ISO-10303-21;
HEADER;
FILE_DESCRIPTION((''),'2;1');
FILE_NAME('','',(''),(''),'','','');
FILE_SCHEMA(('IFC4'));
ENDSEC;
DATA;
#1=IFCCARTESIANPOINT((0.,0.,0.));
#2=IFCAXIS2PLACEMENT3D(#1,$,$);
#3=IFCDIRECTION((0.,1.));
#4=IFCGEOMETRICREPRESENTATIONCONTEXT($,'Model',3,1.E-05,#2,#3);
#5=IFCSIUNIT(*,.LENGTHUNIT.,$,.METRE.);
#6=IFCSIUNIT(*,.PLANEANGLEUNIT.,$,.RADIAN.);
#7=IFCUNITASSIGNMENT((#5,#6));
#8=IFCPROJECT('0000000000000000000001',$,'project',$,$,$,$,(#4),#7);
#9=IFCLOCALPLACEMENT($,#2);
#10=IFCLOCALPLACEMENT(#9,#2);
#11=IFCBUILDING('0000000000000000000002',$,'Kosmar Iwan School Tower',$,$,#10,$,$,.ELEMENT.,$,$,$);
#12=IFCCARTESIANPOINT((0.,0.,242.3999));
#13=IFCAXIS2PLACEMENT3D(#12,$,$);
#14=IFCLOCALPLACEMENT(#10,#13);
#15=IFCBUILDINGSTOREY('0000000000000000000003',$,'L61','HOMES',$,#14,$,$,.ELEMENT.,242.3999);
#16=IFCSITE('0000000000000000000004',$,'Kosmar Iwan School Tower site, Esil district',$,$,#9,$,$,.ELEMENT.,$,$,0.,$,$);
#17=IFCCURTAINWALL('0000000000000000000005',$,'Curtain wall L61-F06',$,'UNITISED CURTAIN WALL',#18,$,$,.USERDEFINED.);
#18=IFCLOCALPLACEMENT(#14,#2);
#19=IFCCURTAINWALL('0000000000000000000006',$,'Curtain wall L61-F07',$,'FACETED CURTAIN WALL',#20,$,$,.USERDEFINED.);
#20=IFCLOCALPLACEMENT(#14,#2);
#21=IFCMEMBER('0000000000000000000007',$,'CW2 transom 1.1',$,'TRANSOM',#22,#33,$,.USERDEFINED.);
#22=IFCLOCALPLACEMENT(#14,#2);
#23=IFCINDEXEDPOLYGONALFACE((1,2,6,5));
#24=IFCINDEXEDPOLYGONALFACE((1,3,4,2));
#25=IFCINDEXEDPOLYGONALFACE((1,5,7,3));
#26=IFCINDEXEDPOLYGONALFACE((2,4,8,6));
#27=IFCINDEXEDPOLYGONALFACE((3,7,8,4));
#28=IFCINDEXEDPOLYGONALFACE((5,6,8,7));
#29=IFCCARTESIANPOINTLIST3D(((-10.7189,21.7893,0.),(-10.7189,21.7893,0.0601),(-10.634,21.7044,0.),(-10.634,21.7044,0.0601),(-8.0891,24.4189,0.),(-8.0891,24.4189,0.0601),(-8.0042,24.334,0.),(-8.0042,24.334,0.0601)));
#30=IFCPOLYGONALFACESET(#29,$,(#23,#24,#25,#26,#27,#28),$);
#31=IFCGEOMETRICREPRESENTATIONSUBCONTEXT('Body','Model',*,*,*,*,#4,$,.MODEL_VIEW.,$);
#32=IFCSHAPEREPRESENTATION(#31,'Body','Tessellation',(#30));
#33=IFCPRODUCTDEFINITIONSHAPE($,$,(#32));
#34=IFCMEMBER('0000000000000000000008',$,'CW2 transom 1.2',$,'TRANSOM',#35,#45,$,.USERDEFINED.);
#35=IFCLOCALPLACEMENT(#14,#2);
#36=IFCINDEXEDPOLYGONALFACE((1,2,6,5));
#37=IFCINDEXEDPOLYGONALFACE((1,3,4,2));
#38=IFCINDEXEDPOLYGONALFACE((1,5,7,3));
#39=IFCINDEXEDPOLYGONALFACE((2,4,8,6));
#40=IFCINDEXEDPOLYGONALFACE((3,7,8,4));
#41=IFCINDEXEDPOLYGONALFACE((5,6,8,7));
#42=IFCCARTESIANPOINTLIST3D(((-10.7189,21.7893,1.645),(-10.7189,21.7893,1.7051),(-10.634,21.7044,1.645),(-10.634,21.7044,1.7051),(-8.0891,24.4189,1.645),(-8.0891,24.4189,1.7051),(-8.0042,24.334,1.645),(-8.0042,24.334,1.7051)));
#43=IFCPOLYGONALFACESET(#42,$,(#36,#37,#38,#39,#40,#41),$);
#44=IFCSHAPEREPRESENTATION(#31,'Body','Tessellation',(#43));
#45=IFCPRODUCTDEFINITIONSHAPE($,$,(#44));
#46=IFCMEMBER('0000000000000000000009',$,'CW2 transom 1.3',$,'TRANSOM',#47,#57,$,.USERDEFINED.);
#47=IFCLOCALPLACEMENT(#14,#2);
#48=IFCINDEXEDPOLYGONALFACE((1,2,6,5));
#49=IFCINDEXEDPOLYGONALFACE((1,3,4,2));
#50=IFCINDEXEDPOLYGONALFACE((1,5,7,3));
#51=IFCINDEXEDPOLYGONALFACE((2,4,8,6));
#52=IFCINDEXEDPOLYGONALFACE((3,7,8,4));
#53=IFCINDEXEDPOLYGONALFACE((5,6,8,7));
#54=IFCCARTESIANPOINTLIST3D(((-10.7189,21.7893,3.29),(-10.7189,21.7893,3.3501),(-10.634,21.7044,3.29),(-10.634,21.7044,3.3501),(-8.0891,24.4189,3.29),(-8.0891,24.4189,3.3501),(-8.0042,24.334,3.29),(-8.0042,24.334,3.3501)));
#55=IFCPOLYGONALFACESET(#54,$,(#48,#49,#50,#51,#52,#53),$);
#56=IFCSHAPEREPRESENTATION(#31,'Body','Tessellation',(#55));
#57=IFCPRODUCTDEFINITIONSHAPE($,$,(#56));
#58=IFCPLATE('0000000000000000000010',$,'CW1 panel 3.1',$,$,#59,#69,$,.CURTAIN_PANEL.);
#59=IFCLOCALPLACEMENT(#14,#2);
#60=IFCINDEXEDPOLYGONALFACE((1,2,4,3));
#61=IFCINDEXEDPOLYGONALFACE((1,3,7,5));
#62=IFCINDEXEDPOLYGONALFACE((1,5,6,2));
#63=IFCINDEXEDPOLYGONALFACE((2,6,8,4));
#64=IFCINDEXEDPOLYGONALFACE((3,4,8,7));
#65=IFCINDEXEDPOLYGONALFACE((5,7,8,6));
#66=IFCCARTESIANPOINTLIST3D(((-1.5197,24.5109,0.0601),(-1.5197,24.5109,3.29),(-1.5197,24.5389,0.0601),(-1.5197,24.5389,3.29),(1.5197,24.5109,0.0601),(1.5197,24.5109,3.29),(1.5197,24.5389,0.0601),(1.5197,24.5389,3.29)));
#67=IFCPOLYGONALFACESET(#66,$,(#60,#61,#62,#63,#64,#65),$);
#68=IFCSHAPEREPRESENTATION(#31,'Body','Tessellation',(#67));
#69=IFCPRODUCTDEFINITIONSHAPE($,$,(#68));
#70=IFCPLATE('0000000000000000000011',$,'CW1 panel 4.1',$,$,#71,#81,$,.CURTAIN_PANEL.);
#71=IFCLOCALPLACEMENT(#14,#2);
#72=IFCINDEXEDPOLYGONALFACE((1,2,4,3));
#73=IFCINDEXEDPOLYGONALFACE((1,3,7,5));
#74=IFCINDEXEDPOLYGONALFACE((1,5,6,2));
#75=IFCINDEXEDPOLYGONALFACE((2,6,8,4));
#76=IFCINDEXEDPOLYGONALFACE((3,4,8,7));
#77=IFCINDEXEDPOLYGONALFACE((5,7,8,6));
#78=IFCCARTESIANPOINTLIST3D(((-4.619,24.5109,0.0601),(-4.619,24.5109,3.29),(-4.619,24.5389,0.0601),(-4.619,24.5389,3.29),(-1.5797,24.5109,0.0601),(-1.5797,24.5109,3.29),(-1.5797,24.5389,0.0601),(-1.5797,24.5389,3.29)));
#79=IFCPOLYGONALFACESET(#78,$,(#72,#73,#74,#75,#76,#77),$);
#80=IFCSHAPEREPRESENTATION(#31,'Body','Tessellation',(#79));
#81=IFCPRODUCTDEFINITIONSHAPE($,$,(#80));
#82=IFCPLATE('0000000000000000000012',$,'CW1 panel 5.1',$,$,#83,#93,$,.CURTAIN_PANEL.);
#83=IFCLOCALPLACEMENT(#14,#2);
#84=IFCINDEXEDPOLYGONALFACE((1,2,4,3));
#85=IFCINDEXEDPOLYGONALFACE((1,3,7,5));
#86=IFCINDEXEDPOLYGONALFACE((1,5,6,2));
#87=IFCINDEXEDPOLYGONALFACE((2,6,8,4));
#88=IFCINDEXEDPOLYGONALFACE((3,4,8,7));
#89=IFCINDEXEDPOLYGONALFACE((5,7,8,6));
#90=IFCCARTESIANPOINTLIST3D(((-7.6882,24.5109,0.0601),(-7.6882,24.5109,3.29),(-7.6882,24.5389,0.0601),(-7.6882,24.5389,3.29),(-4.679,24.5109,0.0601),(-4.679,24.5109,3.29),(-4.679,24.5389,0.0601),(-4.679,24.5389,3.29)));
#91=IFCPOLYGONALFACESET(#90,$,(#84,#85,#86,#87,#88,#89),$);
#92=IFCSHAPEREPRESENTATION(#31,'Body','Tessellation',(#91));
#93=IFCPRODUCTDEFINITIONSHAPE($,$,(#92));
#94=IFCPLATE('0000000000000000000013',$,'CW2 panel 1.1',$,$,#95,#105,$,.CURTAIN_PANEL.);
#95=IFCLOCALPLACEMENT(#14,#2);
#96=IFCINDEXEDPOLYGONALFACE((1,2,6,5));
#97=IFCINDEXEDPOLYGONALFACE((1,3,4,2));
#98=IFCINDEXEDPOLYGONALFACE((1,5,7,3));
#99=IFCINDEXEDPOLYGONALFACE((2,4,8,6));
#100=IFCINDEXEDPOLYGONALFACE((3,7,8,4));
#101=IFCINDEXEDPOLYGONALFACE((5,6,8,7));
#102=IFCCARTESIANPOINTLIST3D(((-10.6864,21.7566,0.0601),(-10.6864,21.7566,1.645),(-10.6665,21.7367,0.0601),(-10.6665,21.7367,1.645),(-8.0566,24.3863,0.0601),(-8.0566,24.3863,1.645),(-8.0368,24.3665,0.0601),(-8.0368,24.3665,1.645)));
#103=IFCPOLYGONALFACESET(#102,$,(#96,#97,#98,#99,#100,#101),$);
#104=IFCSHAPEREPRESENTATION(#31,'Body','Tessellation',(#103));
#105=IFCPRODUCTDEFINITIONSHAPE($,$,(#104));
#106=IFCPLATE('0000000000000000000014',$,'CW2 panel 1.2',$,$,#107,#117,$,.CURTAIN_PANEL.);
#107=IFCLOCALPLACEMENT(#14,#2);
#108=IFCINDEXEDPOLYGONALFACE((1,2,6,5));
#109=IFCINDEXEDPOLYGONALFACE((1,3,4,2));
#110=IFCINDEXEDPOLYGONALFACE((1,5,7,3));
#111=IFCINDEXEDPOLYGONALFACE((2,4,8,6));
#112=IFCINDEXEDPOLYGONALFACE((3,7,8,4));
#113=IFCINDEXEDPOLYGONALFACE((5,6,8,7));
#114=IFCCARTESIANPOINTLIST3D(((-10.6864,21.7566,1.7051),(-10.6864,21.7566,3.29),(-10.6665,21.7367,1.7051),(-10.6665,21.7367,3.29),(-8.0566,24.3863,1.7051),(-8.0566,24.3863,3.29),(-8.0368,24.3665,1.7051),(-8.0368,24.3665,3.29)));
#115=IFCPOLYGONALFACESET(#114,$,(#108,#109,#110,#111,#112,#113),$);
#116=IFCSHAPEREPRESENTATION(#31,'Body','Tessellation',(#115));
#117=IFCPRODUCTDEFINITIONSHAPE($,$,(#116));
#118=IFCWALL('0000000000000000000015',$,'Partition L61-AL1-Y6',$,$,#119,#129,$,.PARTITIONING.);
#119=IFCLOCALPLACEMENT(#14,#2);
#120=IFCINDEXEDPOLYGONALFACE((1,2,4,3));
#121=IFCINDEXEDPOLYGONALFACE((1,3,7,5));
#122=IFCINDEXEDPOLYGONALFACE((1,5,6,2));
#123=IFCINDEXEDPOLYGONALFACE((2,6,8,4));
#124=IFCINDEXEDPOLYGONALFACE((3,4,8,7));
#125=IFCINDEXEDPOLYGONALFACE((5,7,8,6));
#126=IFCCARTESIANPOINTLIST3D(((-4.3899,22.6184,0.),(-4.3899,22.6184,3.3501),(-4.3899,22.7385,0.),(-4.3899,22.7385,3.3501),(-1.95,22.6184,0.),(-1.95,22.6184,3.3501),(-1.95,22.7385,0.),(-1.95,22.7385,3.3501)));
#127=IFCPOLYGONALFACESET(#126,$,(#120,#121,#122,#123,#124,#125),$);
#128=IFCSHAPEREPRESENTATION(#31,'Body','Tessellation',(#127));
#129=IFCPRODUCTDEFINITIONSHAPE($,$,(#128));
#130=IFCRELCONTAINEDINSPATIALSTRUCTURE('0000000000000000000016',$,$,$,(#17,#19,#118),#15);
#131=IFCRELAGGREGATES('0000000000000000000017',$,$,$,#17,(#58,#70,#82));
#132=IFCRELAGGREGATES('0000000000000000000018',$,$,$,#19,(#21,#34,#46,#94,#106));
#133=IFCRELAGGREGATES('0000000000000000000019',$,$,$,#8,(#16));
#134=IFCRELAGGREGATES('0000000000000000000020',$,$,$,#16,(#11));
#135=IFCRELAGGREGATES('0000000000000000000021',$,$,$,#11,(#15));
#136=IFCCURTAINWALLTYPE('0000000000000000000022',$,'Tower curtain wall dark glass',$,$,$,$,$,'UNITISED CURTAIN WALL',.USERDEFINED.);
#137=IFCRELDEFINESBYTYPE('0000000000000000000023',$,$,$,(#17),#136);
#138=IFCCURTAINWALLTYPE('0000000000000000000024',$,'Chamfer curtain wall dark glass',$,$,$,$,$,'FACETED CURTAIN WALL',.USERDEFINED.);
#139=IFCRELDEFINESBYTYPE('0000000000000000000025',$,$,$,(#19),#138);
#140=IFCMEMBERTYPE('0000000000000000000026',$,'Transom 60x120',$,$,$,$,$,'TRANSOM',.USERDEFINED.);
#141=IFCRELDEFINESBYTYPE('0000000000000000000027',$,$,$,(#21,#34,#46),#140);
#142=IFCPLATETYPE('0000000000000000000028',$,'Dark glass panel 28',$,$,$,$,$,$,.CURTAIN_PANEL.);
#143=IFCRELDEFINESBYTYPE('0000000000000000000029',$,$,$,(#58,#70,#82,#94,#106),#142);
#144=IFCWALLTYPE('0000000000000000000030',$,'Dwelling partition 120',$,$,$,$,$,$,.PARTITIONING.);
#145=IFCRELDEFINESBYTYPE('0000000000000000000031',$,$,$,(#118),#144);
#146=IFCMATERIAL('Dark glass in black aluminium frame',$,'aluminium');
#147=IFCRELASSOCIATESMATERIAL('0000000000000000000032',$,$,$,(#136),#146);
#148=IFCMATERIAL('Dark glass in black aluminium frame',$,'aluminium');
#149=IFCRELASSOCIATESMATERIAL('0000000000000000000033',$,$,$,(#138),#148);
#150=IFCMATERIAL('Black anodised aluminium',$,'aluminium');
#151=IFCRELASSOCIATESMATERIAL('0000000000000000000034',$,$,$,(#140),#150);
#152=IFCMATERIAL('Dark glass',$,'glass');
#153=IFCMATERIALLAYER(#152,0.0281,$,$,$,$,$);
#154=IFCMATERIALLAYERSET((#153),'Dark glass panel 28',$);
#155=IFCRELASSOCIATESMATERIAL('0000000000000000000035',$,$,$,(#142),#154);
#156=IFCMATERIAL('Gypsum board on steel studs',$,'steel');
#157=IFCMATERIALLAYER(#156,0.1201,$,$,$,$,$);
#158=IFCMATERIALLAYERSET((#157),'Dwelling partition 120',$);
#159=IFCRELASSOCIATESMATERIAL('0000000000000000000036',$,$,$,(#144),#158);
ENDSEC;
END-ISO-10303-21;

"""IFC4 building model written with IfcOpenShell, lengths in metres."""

from ifc_helpers import new_model, si_unit, direction, frame, frame_2d, origin, origin_2d, place, context, subcontext, project, spatial, rectangle, extrude, material, layer, layer_set, material_profile, profile_set, type_object, element, aggregate, save


model = new_model("IFC4")

# Units and contexts
model_context = context("Model", 3, precision=1e-05, world=origin(), true_north=direction((0.0, 1.0)))
body_context = subcontext(model_context, "Body", "Model", "MODEL_VIEW")
ifc_project = project(units=[si_unit("LENGTHUNIT", "METRE"), si_unit("PLANEANGLEUNIT", "RADIAN")], contexts=[model_context])

# Site, building, storey
site_placement = place(None, origin())
site = spatial("IfcSite", under=ifc_project, at=site_placement, Name="Kosmar Iwan School Tower site, Esil district", CompositionType="ELEMENT", RefElevation=0.0)
building_placement = place(site_placement, origin())
building = spatial("IfcBuilding", under=site, at=building_placement, Name="Kosmar Iwan School Tower", CompositionType="ELEMENT")
storey_placement = place(building_placement, frame((0.0, 0.0, 242.3999)))
storey = spatial("IfcBuildingStorey", under=building, at=storey_placement, Name="L61", Description="HOMES", CompositionType="ELEMENT", Elevation=242.3999)

# Curtain wall
ifc_material_1 = material(Name="Dark glass in black aluminium frame", Category="aluminium")
curtain_wall_type_1 = type_object("IfcCurtainWallType", Name="Tower curtain wall dark glass", ElementType="UNITISED CURTAIN WALL", PredefinedType="USERDEFINED", material=ifc_material_1)
curtain_wall_1_placement = place(storey_placement, origin())
curtain_wall_1 = element("IfcCurtainWall", 1, at=curtain_wall_1_placement, inside=storey, type_object=curtain_wall_type_1, Name="Curtain wall L61-F06", ObjectType="UNITISED CURTAIN WALL", PredefinedType="USERDEFINED")

# Curtain wall
ifc_material_2 = material(Name="Dark glass in black aluminium frame", Category="aluminium")
curtain_wall_type_2 = type_object("IfcCurtainWallType", Name="Chamfer curtain wall dark glass", ElementType="FACETED CURTAIN WALL", PredefinedType="USERDEFINED", material=ifc_material_2)
curtain_wall_2_placement = place(storey_placement, origin())
curtain_wall_2 = element("IfcCurtainWall", 2, at=curtain_wall_2_placement, inside=storey, type_object=curtain_wall_type_2, Name="Curtain wall L61-F07", ObjectType="FACETED CURTAIN WALL", PredefinedType="USERDEFINED")

# Members
ifc_material_3 = material(Name="Black anodised aluminium", Category="aluminium")
ifc_material_profile_1 = material_profile(ifc_material_3, rectangle(XDim=0.1201, YDim=0.0601, at=origin_2d()), Name="TRANSOM 60x120")
ifc_profile_set_1 = profile_set([ifc_material_profile_1], Name="Black anodised aluminium")
member_type_1 = type_object("IfcMemberType", Name="Transom 60x120", ElementType="TRANSOM", PredefinedType="USERDEFINED", material=ifc_profile_set_1)
member_1_placement = place(storey_placement, frame((-8.0466, 24.3765, 0.03), z_axis=(-0.70714, -0.707074, 0.0), x_axis=(0.707074, -0.70714, 0.0)))
member_1 = element("IfcMember", 3, at=member_1_placement, type_object=member_type_1, Name="CW2 transom 1.1", ObjectType="TRANSOM", PredefinedType="USERDEFINED", context=body_context, shape_type="SweptSolid", body=[
    extrude(rectangle(XDim=0.1201, YDim=0.0601, at=origin_2d()), origin(), (0.0, 0.0, 1.0), 3.719),
])
member_2_placement = place(storey_placement, frame((-8.0466, 24.3765, 1.675), z_axis=(-0.70714, -0.707074, 0.0), x_axis=(0.707074, -0.70714, 0.0)))
member_2 = element("IfcMember", 4, at=member_2_placement, type_object=member_type_1, Name="CW2 transom 1.2", ObjectType="TRANSOM", PredefinedType="USERDEFINED", context=body_context, shape_type="SweptSolid", body=[
    extrude(rectangle(XDim=0.1201, YDim=0.0601, at=origin_2d()), origin(), (0.0, 0.0, 1.0), 3.719),
])
member_3_placement = place(storey_placement, frame((-8.0466, 24.3765, 3.3201), z_axis=(-0.70714, -0.707074, 0.0), x_axis=(0.707074, -0.70714, 0.0)))
member_3 = element("IfcMember", 5, at=member_3_placement, type_object=member_type_1, Name="CW2 transom 1.3", ObjectType="TRANSOM", PredefinedType="USERDEFINED", context=body_context, shape_type="SweptSolid", body=[
    extrude(rectangle(XDim=0.1201, YDim=0.0601, at=origin_2d()), origin(), (0.0, 0.0, 1.0), 3.719),
])

# Plates
ifc_material_4 = material(Name="Dark glass", Category="glass")
ifc_layer_1 = layer(ifc_material_4, 0.0281)
ifc_layer_set_1 = layer_set([ifc_layer_1], Name="Dark glass panel 28")
plate_type = type_object("IfcPlateType", Name="Dark glass panel 28", PredefinedType="CURTAIN_PANEL", material=ifc_layer_set_1)
plate_1_placement = place(storey_placement, frame((0.0, 24.5249, 0.0601), z_axis=(0.0, 0.0, 1.0), x_axis=(-1.0, 0.0, 0.0)))
plate_1 = element("IfcPlate", 6, at=plate_1_placement, type_object=plate_type, Name="CW1 panel 3.1", PredefinedType="CURTAIN_PANEL", context=body_context, shape_type="SweptSolid", body=[
    extrude(rectangle(XDim=3.0393, YDim=0.0281, at=origin_2d()), origin(), (0.0, 0.0, 1.0), 3.23),
])
plate_2_placement = place(storey_placement, frame((-3.0994, 24.5249, 0.0601), z_axis=(0.0, 0.0, 1.0), x_axis=(-1.0, 0.0, 0.0)))
plate_2 = element("IfcPlate", 7, at=plate_2_placement, type_object=plate_type, Name="CW1 panel 4.1", PredefinedType="CURTAIN_PANEL", context=body_context, shape_type="SweptSolid", body=[
    extrude(rectangle(XDim=3.0393, YDim=0.0281, at=origin_2d()), origin(), (0.0, 0.0, 1.0), 3.23),
])
plate_3_placement = place(storey_placement, frame((-6.1836, 24.5249, 0.0601), z_axis=(0.0, 0.0, 1.0), x_axis=(-1.0, 0.0, 0.0)))
plate_3 = element("IfcPlate", 8, at=plate_3_placement, type_object=plate_type, Name="CW1 panel 5.1", PredefinedType="CURTAIN_PANEL", context=body_context, shape_type="SweptSolid", body=[
    extrude(rectangle(XDim=3.0093, YDim=0.0281, at=origin_2d()), origin(), (0.0, 0.0, 1.0), 3.23),
])
aggregate(curtain_wall_1, [plate_1, plate_2, plate_3])
plate_4_placement = place(storey_placement, frame((-9.3616, 23.0615, 0.0601), z_axis=(0.0, 0.0, 1.0), x_axis=(-0.707107, -0.707107, 0.0)))
plate_4 = element("IfcPlate", 9, at=plate_4_placement, type_object=plate_type, Name="CW2 panel 1.1", PredefinedType="CURTAIN_PANEL", context=body_context, shape_type="SweptSolid", body=[
    extrude(rectangle(XDim=3.719, YDim=0.0281, at=origin_2d()), origin(), (0.0, 0.0, 1.0), 1.585),
])
plate_5_placement = place(storey_placement, frame((-9.3616, 23.0615, 1.7051), z_axis=(0.0, 0.0, 1.0), x_axis=(-0.707107, -0.707107, 0.0)))
plate_5 = element("IfcPlate", 10, at=plate_5_placement, type_object=plate_type, Name="CW2 panel 1.2", PredefinedType="CURTAIN_PANEL", context=body_context, shape_type="SweptSolid", body=[
    extrude(rectangle(XDim=3.719, YDim=0.0281, at=origin_2d()), origin(), (0.0, 0.0, 1.0), 1.585),
])
aggregate(curtain_wall_2, [member_1, member_2, member_3, plate_4, plate_5])

# Wall
ifc_material_5 = material(Name="Gypsum board on steel studs", Category="steel")
ifc_layer_2 = layer(ifc_material_5, 0.1201)
ifc_layer_set_2 = layer_set([ifc_layer_2], Name="Dwelling partition 120")
wall_type = type_object("IfcWallType", Name="Dwelling partition 120", PredefinedType="PARTITIONING", material=ifc_layer_set_2)
wall_placement = place(storey_placement, frame((-1.95, 22.6785, 0.0), z_axis=(0.0, 0.0, 1.0), x_axis=(-1.0, 0.0, 0.0)))
element("IfcWall", 11, at=wall_placement, inside=storey, type_object=wall_type, Name="Partition L61-AL1-Y6", PredefinedType="PARTITIONING", context=body_context, shape_type="SweptSolid", body=[
    extrude(rectangle(XDim=2.4399, YDim=0.1201, at=frame_2d((1.22, 0.0))), origin(), (0.0, 0.0, 1.0), 3.3501),
])

save(model, "model.ifc")
